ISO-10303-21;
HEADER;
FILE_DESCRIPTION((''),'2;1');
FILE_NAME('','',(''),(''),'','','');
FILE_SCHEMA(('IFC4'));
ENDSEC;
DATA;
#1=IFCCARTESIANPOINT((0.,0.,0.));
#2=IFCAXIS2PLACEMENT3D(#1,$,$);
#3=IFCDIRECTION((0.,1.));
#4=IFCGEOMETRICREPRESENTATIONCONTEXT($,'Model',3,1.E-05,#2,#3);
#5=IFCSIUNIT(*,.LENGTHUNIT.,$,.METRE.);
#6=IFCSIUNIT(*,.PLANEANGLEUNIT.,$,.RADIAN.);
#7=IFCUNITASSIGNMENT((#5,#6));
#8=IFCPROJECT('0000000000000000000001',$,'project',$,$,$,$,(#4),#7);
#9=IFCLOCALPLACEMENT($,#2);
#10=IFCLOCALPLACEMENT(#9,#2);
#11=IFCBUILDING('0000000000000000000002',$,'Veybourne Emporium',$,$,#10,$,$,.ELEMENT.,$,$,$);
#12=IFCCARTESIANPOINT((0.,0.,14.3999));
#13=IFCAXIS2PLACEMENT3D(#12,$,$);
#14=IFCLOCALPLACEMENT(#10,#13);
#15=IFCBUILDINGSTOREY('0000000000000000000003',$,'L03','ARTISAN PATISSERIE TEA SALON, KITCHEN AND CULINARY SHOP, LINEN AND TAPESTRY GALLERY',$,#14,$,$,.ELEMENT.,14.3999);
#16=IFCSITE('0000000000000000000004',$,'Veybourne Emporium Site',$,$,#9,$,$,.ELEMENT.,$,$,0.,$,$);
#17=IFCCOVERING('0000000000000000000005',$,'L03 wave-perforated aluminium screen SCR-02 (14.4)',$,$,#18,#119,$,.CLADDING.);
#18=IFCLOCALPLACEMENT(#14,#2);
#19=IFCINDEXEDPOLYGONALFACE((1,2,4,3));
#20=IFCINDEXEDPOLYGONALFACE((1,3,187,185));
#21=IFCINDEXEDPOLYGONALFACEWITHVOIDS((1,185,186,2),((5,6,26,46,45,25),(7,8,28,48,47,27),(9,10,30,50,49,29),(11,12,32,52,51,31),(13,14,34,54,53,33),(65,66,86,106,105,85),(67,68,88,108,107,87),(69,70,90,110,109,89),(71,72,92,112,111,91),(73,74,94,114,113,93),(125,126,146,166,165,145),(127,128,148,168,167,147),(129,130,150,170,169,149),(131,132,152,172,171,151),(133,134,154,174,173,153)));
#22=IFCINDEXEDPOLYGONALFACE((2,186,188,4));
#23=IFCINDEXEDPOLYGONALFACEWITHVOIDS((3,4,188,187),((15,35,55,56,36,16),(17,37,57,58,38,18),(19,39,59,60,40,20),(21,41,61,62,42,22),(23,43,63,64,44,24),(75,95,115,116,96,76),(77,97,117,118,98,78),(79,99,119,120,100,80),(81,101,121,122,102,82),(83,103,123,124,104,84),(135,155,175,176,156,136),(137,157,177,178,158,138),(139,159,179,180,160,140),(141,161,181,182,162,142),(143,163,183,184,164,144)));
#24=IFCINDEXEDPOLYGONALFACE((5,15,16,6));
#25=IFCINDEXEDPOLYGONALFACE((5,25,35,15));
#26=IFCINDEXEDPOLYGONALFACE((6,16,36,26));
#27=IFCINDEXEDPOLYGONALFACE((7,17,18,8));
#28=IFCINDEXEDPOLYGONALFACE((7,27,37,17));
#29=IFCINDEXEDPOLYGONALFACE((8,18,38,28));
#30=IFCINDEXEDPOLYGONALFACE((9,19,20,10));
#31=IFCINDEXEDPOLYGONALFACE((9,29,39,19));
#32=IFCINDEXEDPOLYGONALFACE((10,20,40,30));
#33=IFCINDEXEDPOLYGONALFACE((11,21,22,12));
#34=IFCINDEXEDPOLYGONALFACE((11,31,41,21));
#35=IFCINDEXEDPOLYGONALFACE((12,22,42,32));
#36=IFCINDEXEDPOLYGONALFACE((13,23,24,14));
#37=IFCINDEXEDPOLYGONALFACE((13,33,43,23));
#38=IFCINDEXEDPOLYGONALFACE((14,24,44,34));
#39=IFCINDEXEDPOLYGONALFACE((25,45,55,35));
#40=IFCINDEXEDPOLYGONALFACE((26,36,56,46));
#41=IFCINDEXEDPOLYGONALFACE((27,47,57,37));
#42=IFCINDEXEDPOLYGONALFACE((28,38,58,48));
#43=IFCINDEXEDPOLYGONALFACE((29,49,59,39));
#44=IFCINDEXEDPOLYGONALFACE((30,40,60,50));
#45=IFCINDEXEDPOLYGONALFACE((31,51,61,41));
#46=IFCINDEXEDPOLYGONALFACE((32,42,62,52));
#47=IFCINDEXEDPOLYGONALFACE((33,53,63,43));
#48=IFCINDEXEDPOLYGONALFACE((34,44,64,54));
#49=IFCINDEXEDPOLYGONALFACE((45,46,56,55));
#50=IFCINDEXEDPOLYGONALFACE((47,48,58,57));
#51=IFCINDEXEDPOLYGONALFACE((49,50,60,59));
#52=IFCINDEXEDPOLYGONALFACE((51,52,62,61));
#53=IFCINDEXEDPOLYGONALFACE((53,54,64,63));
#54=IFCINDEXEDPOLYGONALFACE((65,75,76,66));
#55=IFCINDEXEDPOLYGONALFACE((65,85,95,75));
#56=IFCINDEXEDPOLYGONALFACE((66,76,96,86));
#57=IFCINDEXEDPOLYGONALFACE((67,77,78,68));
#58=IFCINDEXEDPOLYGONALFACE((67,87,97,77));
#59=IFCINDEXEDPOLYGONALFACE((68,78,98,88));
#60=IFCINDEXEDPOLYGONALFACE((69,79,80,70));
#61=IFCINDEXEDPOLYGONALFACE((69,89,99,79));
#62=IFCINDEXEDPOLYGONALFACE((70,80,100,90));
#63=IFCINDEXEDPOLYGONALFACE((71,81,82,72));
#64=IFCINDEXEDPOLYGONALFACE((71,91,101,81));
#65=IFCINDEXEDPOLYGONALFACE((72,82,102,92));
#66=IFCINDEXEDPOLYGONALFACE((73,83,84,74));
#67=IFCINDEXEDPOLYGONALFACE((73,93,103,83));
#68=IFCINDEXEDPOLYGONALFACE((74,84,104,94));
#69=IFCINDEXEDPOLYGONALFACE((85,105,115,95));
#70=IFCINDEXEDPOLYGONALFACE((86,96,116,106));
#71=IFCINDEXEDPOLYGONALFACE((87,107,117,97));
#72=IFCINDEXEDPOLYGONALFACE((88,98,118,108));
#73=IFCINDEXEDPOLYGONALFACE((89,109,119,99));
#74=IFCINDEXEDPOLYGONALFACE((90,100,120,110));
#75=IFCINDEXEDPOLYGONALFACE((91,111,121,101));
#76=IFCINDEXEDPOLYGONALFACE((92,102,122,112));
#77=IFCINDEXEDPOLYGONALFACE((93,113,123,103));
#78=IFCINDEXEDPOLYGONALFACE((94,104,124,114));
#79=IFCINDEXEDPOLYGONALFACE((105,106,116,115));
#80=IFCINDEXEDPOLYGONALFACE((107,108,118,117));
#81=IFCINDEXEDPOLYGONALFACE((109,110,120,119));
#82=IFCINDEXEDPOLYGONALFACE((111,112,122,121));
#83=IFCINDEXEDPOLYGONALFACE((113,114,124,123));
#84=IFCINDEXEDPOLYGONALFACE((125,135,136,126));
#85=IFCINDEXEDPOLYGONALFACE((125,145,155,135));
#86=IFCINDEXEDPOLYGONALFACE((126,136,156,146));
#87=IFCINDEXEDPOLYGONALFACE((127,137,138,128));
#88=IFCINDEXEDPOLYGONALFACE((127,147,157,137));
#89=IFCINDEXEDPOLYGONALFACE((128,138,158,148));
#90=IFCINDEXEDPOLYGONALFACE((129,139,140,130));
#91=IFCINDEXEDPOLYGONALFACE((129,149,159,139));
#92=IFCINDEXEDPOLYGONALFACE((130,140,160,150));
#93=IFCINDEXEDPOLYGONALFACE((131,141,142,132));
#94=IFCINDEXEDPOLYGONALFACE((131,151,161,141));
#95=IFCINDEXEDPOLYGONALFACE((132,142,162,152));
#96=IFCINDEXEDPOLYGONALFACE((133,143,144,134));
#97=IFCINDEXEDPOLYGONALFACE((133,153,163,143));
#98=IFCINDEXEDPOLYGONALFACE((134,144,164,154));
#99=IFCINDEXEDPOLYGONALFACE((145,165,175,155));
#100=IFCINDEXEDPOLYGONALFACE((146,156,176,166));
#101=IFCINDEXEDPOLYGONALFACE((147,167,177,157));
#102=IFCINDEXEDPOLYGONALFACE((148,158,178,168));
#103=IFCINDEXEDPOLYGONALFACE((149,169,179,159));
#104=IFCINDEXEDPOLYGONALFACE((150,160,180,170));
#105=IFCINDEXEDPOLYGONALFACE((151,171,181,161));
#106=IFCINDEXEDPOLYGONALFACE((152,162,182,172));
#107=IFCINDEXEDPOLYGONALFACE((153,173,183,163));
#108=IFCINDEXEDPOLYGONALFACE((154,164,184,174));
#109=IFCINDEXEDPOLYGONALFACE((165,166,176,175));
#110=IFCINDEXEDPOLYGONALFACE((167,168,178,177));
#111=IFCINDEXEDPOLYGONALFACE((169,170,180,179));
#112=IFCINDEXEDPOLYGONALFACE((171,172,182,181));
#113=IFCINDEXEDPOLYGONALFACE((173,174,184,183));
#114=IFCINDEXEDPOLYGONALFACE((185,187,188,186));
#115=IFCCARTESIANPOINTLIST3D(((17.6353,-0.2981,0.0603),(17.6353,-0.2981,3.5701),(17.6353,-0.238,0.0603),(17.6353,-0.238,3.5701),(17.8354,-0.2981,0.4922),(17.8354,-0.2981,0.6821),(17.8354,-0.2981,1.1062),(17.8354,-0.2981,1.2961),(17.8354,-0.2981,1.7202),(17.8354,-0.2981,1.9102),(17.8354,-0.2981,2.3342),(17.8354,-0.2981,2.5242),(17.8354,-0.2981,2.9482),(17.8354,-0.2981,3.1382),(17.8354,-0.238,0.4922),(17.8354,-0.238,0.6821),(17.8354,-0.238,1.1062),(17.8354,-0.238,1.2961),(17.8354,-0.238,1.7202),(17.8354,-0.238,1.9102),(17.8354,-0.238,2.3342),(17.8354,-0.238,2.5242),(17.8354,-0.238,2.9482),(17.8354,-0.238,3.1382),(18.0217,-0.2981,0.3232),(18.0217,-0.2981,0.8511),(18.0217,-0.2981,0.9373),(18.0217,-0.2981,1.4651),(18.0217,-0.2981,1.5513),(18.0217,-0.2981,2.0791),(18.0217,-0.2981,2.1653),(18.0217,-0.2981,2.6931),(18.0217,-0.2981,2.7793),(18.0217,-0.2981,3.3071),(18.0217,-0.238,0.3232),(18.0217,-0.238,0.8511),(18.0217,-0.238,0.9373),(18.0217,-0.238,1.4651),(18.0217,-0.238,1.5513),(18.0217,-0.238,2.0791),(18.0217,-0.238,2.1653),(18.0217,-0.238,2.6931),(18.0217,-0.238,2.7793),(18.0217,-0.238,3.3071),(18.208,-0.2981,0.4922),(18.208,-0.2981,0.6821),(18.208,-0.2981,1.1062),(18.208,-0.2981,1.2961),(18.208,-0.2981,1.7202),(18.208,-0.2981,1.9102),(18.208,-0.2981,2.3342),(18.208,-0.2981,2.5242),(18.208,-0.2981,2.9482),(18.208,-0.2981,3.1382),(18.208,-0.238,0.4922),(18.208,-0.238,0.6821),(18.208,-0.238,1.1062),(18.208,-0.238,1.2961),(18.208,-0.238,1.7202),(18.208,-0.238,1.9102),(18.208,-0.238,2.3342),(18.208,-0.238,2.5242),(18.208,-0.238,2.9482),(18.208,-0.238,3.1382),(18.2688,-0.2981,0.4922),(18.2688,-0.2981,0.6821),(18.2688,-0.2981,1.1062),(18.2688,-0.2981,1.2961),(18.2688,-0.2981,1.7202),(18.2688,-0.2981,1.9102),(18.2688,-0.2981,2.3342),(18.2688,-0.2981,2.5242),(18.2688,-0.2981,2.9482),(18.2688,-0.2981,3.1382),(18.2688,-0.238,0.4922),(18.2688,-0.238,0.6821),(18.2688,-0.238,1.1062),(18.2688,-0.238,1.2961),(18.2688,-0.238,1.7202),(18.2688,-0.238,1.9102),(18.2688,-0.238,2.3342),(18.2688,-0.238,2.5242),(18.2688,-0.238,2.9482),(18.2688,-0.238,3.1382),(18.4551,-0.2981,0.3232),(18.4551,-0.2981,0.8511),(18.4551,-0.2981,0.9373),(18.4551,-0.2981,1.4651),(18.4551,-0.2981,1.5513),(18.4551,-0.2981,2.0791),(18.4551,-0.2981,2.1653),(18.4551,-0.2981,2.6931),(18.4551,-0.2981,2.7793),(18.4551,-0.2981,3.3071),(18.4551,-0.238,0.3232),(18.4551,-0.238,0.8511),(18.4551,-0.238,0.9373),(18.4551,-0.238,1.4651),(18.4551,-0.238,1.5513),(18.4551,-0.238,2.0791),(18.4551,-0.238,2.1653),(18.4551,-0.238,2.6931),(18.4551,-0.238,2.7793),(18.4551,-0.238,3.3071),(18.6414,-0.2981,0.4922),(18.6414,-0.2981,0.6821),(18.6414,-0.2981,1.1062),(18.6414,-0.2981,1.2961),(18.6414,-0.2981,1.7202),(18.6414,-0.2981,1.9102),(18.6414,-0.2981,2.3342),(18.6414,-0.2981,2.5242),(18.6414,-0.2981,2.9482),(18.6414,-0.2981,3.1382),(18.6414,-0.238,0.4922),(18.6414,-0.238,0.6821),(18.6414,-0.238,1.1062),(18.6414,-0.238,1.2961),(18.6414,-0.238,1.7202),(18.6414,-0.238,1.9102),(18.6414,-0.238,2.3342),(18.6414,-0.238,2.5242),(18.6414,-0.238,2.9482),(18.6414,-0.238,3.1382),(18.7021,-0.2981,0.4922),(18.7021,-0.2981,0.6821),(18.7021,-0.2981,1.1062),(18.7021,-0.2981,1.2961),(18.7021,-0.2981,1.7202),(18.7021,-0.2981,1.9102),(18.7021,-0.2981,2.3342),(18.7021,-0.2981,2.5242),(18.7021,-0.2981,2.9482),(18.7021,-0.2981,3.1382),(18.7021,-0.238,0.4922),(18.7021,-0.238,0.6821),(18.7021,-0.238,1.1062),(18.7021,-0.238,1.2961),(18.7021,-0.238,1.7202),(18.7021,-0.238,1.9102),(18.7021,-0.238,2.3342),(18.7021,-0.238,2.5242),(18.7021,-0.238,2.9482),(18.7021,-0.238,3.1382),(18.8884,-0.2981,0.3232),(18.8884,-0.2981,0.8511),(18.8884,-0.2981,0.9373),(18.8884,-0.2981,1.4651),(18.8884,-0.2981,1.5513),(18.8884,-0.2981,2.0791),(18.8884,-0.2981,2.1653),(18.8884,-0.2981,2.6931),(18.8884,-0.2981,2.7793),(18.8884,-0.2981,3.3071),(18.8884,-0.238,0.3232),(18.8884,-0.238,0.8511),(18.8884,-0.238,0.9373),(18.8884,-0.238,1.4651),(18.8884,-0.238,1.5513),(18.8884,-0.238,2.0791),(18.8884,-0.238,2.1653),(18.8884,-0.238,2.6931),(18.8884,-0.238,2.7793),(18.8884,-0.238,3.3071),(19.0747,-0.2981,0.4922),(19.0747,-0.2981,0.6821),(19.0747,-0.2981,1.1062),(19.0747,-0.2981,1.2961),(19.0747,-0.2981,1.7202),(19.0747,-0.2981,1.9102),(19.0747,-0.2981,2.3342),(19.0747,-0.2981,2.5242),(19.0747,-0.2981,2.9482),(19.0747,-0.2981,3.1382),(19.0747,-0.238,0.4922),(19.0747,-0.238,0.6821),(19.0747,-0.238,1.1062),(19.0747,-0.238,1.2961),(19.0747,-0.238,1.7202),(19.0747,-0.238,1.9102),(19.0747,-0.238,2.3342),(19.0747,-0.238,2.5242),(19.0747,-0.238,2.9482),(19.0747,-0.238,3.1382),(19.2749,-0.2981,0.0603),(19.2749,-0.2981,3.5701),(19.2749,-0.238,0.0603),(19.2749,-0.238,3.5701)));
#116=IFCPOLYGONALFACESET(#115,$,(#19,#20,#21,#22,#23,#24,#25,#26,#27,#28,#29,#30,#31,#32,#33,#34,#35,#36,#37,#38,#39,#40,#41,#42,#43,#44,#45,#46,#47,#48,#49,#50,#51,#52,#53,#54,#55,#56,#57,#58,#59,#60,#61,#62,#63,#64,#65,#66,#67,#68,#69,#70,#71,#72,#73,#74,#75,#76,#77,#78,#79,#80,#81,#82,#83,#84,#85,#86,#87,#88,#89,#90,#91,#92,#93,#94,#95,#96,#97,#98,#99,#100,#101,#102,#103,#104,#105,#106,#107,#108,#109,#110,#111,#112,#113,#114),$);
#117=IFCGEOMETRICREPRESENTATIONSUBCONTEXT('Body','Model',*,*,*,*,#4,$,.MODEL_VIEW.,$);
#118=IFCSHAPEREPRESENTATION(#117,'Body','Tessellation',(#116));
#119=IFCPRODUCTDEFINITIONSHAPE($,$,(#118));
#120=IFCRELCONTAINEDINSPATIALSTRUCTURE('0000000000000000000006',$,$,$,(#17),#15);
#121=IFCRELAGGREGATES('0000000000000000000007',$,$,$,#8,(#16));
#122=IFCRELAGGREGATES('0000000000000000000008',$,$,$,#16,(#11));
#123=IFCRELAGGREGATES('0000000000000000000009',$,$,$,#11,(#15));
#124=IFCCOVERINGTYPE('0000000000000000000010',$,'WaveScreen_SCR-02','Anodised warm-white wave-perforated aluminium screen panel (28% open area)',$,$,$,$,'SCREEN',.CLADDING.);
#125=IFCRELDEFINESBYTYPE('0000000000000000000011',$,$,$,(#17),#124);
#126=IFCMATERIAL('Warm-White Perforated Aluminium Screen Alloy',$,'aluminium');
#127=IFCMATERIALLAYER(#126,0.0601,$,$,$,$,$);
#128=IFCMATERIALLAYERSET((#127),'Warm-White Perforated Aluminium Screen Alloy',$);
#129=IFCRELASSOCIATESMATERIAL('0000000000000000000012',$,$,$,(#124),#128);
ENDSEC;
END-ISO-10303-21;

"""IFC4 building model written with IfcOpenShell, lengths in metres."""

from ifc_helpers import new_model, si_unit, direction, frame, origin, place, context, subcontext, project, spatial, polyline, outline, extrude, material, layer, layer_set, type_object, element, save


model = new_model("IFC4")

# Units and contexts
model_context = context("Model", 3, precision=1e-05, world=origin(), true_north=direction((0.0, 1.0)))
body_context = subcontext(model_context, "Body", "Model", "MODEL_VIEW")
ifc_project = project(units=[si_unit("LENGTHUNIT", "METRE"), si_unit("PLANEANGLEUNIT", "RADIAN")], contexts=[model_context])

# Site, building, storey
site_placement = place(None, origin())
site = spatial("IfcSite", under=ifc_project, at=site_placement, Name="Veybourne Emporium Site", CompositionType="ELEMENT", RefElevation=0.0)
building_placement = place(site_placement, origin())
building = spatial("IfcBuilding", under=site, at=building_placement, Name="Veybourne Emporium", CompositionType="ELEMENT")
storey_placement = place(building_placement, frame((0.0, 0.0, 14.3999)))
storey = spatial("IfcBuildingStorey", under=building, at=storey_placement, Name="L03", Description="ARTISAN PATISSERIE TEA SALON, KITCHEN AND CULINARY SHOP, LINEN AND TAPESTRY GALLERY", CompositionType="ELEMENT", Elevation=14.3999)

# Covering
ifc_material_1 = material(Name="Warm-White Perforated Aluminium Screen Alloy", Category="aluminium")
ifc_layer_1 = layer(ifc_material_1, 0.0601)
ifc_layer_set_1 = layer_set([ifc_layer_1], Name="Warm-White Perforated Aluminium Screen Alloy")
covering_type_1 = type_object("IfcCoveringType", Name="WaveScreen_SCR-02", Description="Anodised warm-white wave-perforated aluminium screen panel (28% open area)", ElementType="SCREEN", PredefinedType="CLADDING", material=ifc_layer_set_1)
covering_1_placement = place(storey_placement, frame((18.4551, -0.2981, 1.8152), z_axis=(0.0, 1.0, 0.0), x_axis=(-1.0, 0.0, 0.0)))
element("IfcCovering", 1, at=covering_1_placement, inside=storey, type_object=covering_type_1, Name="L03 wave-perforated aluminium screen SCR-02 (14.4)", PredefinedType="CLADDING", context=body_context, shape_type="SweptSolid", body=[
    extrude(outline(polyline([(-0.8198, -1.7549), (0.8198, -1.7549), (0.8198, 1.7549), (-0.8198, 1.7549), (-0.8198, -1.7549)]), holes=[polyline([(-0.4333, -0.9641), (-0.2471, -1.1331), (-0.2471, -1.323), (-0.4333, -1.4919), (-0.6196, -1.323), (-0.6196, -1.1331), (-0.4333, -0.9641)]), polyline([(-0.4333, -0.3501), (-0.2471, -0.519), (-0.2471, -0.709), (-0.4333, -0.8779), (-0.6196, -0.709), (-0.6196, -0.519), (-0.4333, -0.3501)]), polyline([(-0.4333, 0.2639), (-0.2471, 0.095), (-0.2471, -0.095), (-0.4333, -0.2639), (-0.6196, -0.095), (-0.6196, 0.095), (-0.4333, 0.2639)]), polyline([(-0.4333, 0.8779), (-0.2471, 0.709), (-0.2471, 0.519), (-0.4333, 0.3501), (-0.6196, 0.519), (-0.6196, 0.709), (-0.4333, 0.8779)]), polyline([(-0.4333, 1.4919), (-0.2471, 1.323), (-0.2471, 1.1331), (-0.4333, 0.9641), (-0.6196, 1.1331), (-0.6196, 1.323), (-0.4333, 1.4919)]), polyline([(0.0, -0.9641), (0.1863, -1.1331), (0.1863, -1.323), (0.0, -1.4919), (-0.1863, -1.323), (-0.1863, -1.1331), (0.0, -0.9641)]), polyline([(0.0, -0.3501), (0.1863, -0.519), (0.1863, -0.709), (0.0, -0.8779), (-0.1863, -0.709), (-0.1863, -0.519), (0.0, -0.3501)]), polyline([(0.0, 0.2639), (0.1863, 0.095), (0.1863, -0.095), (0.0, -0.2639), (-0.1863, -0.095), (-0.1863, 0.095), (0.0, 0.2639)]), polyline([(0.0, 0.8779), (0.1863, 0.709), (0.1863, 0.519), (0.0, 0.3501), (-0.1863, 0.519), (-0.1863, 0.709), (0.0, 0.8779)]), polyline([(0.0, 1.4919), (0.1863, 1.323), (0.1863, 1.1331), (0.0, 0.9641), (-0.1863, 1.1331), (-0.1863, 1.323), (0.0, 1.4919)]), polyline([(0.4333, -0.9641), (0.6196, -1.1331), (0.6196, -1.323), (0.4333, -1.4919), (0.2471, -1.323), (0.2471, -1.1331), (0.4333, -0.9641)]), polyline([(0.4333, -0.3501), (0.6196, -0.519), (0.6196, -0.709), (0.4333, -0.8779), (0.2471, -0.709), (0.2471, -0.519), (0.4333, -0.3501)]), polyline([(0.4333, 0.2639), (0.6196, 0.095), (0.6196, -0.095), (0.4333, -0.2639), (0.2471, -0.095), (0.2471, 0.095), (0.4333, 0.2639)]), polyline([(0.4333, 0.8779), (0.6196, 0.709), (0.6196, 0.519), (0.4333, 0.3501), (0.2471, 0.519), (0.2471, 0.709), (0.4333, 0.8779)]), polyline([(0.4333, 1.4919), (0.6196, 1.323), (0.6196, 1.1331), (0.4333, 0.9641), (0.2471, 1.1331), (0.2471, 1.323), (0.4333, 1.4919)])]), origin(), (0.0, 0.0, 1.0), 0.0601),
])

save(model, "model.ifc")
